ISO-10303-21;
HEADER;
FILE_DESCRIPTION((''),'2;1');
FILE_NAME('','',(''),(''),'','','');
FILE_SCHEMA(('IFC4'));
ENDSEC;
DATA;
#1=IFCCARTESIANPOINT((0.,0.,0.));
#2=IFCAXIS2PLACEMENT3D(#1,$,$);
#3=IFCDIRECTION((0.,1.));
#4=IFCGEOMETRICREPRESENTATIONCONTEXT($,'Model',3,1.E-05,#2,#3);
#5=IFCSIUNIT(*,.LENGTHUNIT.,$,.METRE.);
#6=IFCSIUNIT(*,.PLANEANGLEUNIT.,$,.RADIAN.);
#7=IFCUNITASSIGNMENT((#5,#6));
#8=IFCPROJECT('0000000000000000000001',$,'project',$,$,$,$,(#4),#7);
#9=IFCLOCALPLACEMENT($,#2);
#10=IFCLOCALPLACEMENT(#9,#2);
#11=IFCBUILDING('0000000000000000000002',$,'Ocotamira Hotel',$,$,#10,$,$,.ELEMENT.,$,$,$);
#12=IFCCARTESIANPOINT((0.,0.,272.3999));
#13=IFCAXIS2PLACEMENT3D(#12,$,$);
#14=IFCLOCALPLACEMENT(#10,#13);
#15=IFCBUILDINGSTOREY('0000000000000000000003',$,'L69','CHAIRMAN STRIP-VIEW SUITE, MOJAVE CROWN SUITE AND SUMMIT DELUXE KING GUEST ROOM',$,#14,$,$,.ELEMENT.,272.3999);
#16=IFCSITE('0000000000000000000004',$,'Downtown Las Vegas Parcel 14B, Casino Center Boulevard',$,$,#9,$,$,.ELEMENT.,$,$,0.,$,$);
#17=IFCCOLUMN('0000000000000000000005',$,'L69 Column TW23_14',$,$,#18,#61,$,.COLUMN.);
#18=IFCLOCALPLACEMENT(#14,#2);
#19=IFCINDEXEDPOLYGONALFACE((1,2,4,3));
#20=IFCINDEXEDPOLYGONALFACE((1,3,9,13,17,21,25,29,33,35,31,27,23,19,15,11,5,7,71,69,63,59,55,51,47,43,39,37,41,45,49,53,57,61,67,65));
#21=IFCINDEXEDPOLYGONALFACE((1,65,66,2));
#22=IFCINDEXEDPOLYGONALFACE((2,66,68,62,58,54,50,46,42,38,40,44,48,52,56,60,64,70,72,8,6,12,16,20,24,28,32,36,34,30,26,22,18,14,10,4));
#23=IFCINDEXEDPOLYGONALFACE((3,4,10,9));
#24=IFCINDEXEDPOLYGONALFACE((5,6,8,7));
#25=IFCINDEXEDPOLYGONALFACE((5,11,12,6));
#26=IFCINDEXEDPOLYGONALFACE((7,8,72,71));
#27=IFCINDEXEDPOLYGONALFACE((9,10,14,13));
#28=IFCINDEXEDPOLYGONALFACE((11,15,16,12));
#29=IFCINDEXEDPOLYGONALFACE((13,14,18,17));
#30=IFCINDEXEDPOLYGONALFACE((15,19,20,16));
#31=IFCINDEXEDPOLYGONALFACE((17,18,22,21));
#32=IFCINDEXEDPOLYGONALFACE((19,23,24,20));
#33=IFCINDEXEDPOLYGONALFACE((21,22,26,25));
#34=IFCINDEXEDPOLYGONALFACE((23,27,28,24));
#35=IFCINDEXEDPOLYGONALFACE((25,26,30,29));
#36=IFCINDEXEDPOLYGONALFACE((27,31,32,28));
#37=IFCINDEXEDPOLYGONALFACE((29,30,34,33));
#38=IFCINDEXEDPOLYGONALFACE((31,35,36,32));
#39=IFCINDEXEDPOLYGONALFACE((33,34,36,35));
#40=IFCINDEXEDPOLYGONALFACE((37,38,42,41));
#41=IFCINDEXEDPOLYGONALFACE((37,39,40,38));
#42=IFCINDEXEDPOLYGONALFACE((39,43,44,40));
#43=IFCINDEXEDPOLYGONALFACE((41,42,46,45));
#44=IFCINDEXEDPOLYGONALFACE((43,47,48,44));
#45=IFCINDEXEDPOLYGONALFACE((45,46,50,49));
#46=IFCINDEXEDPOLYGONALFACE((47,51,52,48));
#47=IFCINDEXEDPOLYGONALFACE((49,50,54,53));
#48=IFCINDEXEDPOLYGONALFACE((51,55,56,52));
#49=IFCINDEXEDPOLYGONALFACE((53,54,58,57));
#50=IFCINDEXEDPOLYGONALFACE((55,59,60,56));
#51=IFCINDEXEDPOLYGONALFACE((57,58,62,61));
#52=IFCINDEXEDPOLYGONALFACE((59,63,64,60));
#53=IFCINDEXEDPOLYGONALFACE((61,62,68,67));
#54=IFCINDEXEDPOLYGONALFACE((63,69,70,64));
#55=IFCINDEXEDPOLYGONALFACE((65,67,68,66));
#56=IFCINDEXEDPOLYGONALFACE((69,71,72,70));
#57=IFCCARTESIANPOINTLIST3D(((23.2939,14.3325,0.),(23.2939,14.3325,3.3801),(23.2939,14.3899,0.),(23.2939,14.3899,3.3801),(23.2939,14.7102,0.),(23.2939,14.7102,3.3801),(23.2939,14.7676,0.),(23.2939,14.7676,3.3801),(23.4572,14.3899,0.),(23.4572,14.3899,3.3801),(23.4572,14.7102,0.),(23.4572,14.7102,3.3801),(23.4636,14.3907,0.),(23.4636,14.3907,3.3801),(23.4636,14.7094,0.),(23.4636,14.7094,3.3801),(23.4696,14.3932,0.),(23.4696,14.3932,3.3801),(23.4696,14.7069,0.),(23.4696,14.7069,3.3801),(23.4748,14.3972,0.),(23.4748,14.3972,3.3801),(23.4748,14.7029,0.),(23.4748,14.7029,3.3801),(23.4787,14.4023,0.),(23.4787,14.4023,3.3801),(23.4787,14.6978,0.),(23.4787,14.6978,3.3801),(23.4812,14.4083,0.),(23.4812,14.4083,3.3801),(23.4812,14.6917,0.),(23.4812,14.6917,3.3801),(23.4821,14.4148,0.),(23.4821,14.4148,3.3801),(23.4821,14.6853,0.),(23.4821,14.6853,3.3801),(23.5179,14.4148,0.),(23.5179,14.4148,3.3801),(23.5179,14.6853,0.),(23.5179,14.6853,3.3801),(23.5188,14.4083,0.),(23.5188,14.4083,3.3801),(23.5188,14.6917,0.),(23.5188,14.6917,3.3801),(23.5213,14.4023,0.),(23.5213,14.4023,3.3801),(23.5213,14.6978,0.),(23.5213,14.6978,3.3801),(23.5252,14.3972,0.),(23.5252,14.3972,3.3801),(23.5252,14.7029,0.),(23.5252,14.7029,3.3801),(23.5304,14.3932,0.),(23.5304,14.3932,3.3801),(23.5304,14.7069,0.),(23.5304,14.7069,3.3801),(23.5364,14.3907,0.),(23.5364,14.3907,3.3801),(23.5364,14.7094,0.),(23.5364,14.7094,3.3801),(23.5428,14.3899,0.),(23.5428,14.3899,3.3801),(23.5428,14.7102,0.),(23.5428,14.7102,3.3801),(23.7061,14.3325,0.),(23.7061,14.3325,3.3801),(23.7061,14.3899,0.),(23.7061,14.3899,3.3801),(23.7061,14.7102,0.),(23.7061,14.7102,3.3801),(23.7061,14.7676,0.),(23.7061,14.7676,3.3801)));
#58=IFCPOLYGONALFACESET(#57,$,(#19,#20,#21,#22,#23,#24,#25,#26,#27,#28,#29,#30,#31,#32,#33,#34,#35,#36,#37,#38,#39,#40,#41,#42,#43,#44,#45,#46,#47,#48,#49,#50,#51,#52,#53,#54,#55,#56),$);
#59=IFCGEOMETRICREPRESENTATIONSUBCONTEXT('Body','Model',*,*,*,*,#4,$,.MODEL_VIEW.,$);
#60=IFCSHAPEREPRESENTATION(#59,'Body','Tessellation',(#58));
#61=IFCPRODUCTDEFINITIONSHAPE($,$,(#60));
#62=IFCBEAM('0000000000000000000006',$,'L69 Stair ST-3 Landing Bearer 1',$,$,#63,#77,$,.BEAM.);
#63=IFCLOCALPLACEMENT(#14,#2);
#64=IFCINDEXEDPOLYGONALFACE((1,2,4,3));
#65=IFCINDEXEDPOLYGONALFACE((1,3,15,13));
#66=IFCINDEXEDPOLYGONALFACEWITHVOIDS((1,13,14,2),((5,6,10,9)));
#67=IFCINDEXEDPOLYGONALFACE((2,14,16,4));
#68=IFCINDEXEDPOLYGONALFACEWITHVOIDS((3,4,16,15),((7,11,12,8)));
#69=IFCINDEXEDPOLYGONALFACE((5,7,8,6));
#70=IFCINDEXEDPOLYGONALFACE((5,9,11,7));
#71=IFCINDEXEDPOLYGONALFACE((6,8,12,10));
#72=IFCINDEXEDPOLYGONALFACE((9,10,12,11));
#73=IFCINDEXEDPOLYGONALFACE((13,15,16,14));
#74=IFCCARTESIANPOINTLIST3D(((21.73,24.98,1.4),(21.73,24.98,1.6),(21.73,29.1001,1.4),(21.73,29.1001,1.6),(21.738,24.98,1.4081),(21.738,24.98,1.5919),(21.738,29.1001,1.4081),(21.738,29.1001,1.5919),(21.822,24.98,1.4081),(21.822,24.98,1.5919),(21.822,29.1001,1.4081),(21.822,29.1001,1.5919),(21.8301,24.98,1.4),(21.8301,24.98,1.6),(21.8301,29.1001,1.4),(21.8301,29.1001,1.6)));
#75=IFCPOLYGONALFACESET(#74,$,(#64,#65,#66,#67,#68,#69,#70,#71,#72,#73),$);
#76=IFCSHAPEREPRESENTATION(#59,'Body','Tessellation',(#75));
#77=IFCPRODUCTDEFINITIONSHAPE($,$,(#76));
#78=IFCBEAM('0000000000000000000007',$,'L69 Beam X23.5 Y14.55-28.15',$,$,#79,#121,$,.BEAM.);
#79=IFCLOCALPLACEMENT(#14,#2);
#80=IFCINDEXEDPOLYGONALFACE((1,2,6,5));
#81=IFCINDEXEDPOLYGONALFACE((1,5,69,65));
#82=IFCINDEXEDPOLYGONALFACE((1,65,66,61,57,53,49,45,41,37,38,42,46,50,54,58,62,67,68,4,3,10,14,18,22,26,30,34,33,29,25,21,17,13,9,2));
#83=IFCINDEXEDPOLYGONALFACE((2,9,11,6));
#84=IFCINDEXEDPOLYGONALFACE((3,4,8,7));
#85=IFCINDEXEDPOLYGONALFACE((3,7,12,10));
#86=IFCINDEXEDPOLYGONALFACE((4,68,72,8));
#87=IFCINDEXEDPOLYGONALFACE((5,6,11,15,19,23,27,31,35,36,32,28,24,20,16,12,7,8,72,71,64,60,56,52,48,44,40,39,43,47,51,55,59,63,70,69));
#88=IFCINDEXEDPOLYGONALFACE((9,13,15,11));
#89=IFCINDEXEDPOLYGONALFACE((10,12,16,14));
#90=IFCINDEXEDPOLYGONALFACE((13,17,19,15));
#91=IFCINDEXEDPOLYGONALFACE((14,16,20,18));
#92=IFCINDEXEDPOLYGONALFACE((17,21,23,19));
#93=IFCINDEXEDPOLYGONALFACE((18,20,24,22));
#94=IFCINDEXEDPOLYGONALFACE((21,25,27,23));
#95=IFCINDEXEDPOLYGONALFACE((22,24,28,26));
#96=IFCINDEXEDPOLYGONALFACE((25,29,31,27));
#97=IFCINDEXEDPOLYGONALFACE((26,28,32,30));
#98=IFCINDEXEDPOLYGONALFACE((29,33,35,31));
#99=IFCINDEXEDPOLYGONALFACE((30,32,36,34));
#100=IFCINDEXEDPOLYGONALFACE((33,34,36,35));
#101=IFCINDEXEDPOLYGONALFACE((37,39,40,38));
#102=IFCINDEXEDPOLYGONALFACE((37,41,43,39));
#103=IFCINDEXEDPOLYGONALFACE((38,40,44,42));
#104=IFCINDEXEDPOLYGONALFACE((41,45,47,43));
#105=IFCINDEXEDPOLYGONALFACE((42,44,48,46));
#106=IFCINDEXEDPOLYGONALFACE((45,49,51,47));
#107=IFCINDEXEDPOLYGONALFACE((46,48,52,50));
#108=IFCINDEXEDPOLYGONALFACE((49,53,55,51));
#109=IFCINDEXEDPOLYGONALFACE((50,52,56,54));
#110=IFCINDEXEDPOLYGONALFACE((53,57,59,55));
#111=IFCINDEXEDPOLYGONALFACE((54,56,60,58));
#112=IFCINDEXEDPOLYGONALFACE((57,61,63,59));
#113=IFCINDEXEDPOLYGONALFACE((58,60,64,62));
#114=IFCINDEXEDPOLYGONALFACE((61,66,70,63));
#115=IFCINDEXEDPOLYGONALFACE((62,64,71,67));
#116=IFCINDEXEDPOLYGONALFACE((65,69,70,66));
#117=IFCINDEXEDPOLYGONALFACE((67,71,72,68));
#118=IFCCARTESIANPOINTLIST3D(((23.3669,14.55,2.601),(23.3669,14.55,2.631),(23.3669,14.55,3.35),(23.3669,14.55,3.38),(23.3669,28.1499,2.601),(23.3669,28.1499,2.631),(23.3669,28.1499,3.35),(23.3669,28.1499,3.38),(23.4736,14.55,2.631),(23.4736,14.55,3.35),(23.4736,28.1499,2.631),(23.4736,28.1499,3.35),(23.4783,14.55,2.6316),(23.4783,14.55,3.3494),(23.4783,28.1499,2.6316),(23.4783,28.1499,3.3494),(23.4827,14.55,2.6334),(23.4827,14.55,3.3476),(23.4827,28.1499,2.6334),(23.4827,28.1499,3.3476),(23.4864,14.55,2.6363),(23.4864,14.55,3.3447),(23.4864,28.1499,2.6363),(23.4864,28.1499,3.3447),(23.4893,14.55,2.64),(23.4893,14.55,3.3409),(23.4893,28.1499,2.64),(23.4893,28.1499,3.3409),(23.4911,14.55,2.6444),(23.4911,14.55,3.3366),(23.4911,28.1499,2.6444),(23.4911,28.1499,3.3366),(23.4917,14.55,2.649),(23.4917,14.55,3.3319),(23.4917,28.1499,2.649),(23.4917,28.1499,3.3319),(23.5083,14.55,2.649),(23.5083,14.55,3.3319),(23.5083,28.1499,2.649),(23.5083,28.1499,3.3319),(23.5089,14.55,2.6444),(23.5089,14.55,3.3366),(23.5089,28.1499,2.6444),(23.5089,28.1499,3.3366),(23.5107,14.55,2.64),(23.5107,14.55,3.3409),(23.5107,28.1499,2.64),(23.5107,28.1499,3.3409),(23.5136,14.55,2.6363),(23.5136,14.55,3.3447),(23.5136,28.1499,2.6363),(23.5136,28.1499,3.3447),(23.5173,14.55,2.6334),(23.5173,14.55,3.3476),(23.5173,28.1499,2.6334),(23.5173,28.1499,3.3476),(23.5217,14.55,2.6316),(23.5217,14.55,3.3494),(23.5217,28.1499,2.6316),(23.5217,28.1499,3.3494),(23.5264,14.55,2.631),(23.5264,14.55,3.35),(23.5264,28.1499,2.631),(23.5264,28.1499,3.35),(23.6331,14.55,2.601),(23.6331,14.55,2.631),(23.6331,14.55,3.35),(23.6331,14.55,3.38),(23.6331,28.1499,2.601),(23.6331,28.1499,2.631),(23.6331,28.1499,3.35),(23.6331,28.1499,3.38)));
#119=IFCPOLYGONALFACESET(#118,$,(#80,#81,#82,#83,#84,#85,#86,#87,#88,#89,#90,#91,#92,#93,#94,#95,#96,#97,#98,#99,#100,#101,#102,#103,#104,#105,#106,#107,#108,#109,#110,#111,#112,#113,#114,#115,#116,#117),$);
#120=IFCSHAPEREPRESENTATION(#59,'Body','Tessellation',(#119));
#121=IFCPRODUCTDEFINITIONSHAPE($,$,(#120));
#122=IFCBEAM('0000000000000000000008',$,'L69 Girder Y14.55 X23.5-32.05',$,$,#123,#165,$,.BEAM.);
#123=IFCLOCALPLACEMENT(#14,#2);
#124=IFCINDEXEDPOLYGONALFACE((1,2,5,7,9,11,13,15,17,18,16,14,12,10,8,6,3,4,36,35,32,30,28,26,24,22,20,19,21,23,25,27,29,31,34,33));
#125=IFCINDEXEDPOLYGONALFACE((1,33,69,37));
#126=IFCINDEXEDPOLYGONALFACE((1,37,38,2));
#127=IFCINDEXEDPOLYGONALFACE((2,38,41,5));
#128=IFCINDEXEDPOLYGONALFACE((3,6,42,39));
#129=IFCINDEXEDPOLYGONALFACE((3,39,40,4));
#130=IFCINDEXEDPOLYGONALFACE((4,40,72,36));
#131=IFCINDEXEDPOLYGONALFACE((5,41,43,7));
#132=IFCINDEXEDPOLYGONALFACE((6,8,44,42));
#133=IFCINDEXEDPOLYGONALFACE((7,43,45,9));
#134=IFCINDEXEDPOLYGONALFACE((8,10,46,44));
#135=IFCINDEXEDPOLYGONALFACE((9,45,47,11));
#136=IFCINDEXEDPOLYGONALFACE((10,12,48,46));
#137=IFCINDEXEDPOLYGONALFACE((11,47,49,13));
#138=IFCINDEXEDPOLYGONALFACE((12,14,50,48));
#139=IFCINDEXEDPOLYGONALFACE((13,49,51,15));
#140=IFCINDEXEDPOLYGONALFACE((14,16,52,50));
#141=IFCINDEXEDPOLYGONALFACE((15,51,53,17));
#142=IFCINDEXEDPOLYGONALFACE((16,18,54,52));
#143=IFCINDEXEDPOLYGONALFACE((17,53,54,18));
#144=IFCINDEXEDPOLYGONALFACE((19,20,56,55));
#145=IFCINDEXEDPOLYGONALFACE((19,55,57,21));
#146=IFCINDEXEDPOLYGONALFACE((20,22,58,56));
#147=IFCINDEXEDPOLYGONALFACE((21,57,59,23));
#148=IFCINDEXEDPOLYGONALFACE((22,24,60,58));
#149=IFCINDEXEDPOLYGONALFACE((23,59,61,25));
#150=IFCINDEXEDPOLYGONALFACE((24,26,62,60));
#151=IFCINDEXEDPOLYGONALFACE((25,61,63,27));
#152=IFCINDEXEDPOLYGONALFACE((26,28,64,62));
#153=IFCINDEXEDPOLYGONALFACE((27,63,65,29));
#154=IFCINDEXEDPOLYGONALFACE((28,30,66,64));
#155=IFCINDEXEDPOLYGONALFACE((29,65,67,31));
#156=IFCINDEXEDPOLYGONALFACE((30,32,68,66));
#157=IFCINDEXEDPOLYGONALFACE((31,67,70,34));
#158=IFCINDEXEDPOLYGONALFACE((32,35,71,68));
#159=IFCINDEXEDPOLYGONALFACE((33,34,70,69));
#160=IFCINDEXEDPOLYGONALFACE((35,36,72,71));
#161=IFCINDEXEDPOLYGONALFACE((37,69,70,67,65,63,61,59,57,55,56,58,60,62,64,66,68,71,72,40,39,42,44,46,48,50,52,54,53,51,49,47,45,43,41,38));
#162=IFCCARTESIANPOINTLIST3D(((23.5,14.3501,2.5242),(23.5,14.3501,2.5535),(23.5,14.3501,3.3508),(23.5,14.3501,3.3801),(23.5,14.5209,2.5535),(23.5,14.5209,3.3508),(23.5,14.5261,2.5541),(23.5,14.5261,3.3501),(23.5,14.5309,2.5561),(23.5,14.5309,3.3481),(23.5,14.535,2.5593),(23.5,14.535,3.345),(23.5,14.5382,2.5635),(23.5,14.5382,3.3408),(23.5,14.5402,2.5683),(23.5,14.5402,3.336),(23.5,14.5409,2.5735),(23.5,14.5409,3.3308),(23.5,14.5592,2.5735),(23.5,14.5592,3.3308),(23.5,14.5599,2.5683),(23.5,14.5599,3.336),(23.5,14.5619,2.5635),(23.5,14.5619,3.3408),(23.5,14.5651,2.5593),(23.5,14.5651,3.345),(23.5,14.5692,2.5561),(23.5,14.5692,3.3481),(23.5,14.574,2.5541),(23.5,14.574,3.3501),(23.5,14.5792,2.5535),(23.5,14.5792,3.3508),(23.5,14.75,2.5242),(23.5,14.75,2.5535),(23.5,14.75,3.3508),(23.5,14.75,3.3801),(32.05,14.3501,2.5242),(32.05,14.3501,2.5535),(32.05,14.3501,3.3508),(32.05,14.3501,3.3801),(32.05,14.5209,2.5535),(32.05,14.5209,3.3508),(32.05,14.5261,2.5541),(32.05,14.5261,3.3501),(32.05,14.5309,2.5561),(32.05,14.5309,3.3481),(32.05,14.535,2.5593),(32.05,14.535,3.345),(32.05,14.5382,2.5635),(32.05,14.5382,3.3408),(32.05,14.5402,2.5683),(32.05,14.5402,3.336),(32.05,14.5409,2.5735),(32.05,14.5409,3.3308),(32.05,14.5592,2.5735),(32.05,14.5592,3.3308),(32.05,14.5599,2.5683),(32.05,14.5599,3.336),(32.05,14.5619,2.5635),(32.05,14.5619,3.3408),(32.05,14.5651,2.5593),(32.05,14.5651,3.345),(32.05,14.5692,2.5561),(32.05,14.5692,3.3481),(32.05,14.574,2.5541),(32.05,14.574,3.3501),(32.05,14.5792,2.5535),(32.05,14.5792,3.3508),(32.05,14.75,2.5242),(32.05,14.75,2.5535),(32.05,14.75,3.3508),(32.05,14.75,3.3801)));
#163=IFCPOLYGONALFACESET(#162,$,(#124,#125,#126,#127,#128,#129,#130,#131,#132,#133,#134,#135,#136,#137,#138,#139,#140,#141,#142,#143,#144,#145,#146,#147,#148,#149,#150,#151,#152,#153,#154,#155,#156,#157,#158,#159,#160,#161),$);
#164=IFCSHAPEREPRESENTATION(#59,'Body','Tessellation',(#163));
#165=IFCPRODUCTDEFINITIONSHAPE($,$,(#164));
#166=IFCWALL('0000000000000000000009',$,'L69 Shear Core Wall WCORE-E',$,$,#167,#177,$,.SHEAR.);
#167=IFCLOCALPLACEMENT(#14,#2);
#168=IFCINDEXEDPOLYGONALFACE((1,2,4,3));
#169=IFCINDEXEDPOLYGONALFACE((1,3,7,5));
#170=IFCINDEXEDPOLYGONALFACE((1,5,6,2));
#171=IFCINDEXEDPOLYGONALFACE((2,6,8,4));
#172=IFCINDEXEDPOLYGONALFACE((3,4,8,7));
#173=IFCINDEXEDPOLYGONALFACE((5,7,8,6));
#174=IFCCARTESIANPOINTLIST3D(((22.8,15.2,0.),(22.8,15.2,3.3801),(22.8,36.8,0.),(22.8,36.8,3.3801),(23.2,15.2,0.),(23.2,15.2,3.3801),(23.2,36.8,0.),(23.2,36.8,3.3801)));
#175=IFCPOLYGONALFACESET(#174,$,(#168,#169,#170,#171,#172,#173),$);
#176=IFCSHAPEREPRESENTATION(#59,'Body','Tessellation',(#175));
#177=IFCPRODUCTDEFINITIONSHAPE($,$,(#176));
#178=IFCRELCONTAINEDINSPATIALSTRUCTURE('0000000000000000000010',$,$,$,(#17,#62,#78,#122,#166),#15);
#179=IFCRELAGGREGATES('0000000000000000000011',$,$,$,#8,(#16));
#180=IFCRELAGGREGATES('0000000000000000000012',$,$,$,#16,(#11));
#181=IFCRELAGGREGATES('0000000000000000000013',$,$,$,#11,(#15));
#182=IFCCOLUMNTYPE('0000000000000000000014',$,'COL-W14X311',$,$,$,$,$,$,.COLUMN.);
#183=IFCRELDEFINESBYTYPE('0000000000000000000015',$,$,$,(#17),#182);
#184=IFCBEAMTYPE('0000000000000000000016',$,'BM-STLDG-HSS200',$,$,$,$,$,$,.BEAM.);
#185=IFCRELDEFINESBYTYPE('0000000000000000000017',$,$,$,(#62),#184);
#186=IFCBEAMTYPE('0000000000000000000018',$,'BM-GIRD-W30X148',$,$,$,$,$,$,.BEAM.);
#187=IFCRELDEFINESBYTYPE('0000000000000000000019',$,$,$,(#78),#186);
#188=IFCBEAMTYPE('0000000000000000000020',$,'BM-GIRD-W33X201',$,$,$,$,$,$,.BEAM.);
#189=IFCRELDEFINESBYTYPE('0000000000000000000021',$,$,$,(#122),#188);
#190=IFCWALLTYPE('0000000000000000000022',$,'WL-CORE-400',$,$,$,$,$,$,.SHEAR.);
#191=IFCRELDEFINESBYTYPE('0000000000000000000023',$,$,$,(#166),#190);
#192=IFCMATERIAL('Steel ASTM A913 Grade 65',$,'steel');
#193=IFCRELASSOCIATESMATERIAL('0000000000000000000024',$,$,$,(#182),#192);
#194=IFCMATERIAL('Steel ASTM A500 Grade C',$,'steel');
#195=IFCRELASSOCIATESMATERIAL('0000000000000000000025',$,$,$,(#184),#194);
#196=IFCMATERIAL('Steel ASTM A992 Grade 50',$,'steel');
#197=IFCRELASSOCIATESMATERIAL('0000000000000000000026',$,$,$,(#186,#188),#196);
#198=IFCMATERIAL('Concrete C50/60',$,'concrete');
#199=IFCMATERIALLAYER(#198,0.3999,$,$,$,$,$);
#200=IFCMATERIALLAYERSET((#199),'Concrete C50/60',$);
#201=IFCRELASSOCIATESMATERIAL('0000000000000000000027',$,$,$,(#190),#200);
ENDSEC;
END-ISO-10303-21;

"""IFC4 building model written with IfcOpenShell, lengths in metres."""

from ifc_helpers import new_model, si_unit, direction, frame, frame_2d, origin, origin_2d, place, context, subcontext, project, spatial, rectangle, hollow_rectangle, i_section, extrude, source, transform, mapped, material, layer, layer_set, material_profile, profile_set, type_object, element, save


model = new_model("IFC4")

# Units and contexts
model_context = context("Model", 3, precision=1e-05, world=origin(), true_north=direction((0.0, 1.0)))
body_context = subcontext(model_context, "Body", "Model", "MODEL_VIEW")
ifc_project = project(units=[si_unit("LENGTHUNIT", "METRE"), si_unit("PLANEANGLEUNIT", "RADIAN")], contexts=[model_context])

# Site, building, storey
site_placement = place(None, origin())
site = spatial("IfcSite", under=ifc_project, at=site_placement, Name="Downtown Las Vegas Parcel 14B, Casino Center Boulevard", CompositionType="ELEMENT", RefElevation=0.0)
building_placement = place(site_placement, origin())
building = spatial("IfcBuilding", under=site, at=building_placement, Name="Ocotamira Hotel", CompositionType="ELEMENT")
storey_placement = place(building_placement, frame((0.0, 0.0, 272.3999)))
storey = spatial("IfcBuildingStorey", under=building, at=storey_placement, Name="L69", Description="CHAIRMAN STRIP-VIEW SUITE, MOJAVE CROWN SUITE AND SUMMIT DELUXE KING GUEST ROOM", CompositionType="ELEMENT", Elevation=272.3999)

# Column
ifc_material_1 = material(Name="Steel ASTM A913 Grade 65", Category="steel")
ifc_material_profile_1 = material_profile(ifc_material_1, i_section(OverallWidth=0.4121, OverallDepth=0.4351, WebThickness=0.0359, FlangeThickness=0.0574, FilletRadius=0.0249, at=origin_2d()), Name="W14X311")
ifc_profile_set_1 = profile_set([ifc_material_profile_1], Name="Steel ASTM A913 Grade 65")
column_type = type_object("IfcColumnType", Name="COL-W14X311", PredefinedType="COLUMN", material=ifc_profile_set_1)
shared_shape_1 = source(origin(), body_context, "Body", "SweptSolid", [
    extrude(i_section(OverallWidth=0.4121, OverallDepth=0.4351, WebThickness=0.0359, FlangeThickness=0.0574, FilletRadius=0.0249, at=origin_2d()), origin(), (0.0, 0.0, 1.0), 3.3801),
])
column_placement = place(storey_placement, frame((23.5, 14.55, 0.0), z_axis=(0.0, 0.0, 1.0), x_axis=(1.0, 0.0, 0.0)))
element("IfcColumn", 1, at=column_placement, inside=storey, type_object=column_type, Name="L69 Column TW23_14", PredefinedType="COLUMN", context=body_context, shape_type="MappedRepresentation", body=[
    mapped(shared_shape_1, transform((0.0, 0.0, 0.0), scale=1.0)),
])

# Beams
ifc_material_2 = material(Name="Steel ASTM A500 Grade C", Category="steel")
ifc_material_profile_2 = material_profile(ifc_material_2, hollow_rectangle(XDim=0.1001, YDim=0.2, WallThickness=0.0081, at=origin_2d()), Name="HSS200X100X8")
ifc_profile_set_2 = profile_set([ifc_material_profile_2], Name="Steel ASTM A500 Grade C")
beam_type_1 = type_object("IfcBeamType", Name="BM-STLDG-HSS200", PredefinedType="BEAM", material=ifc_profile_set_2)
shared_shape_2 = source(origin(), body_context, "Body", "SweptSolid", [
    extrude(hollow_rectangle(XDim=0.1001, YDim=0.2, WallThickness=0.0081, at=origin_2d()), origin(), (0.0, 0.0, 1.0), 4.1201),
])
beam_1_placement = place(storey_placement, frame((21.78, 24.98, 1.5), z_axis=(0.0, 1.0, 0.0), x_axis=(-1.0, 0.0, 0.0)))
element("IfcBeam", 2, at=beam_1_placement, inside=storey, type_object=beam_type_1, Name="L69 Stair ST-3 Landing Bearer 1", PredefinedType="BEAM", context=body_context, shape_type="MappedRepresentation", body=[
    mapped(shared_shape_2, transform((0.0, 0.0, 0.0), scale=1.0)),
])
ifc_material_3 = material(Name="Steel ASTM A992 Grade 50", Category="steel")
ifc_material_profile_3 = material_profile(ifc_material_3, i_section(OverallWidth=0.2661, OverallDepth=0.7791, WebThickness=0.0166, FlangeThickness=0.03, FilletRadius=0.0181, at=origin_2d()), Name="W30X148")
ifc_profile_set_3 = profile_set([ifc_material_profile_3], Name="Steel ASTM A992 Grade 50")
beam_type_2 = type_object("IfcBeamType", Name="BM-GIRD-W30X148", PredefinedType="BEAM", material=ifc_profile_set_3)
shared_shape_3 = source(origin(), body_context, "Body", "SweptSolid", [
    extrude(i_section(OverallWidth=0.2661, OverallDepth=0.7791, WebThickness=0.0166, FlangeThickness=0.03, FilletRadius=0.0181, at=origin_2d()), origin(), (0.0, 0.0, 1.0), 13.5999),
])
beam_2_placement = place(storey_placement, frame((23.5, 14.55, 2.9905), z_axis=(0.0, 1.0, 0.0), x_axis=(-1.0, 0.0, 0.0)))
element("IfcBeam", 3, at=beam_2_placement, inside=storey, type_object=beam_type_2, Name="L69 Beam X23.5 Y14.55-28.15", PredefinedType="BEAM", context=body_context, shape_type="MappedRepresentation", body=[
    mapped(shared_shape_3, transform((0.0, 0.0, 0.0), scale=1.0)),
])
ifc_material_profile_4 = material_profile(ifc_material_3, i_section(OverallWidth=0.3999, OverallDepth=0.856, WebThickness=0.0183, FlangeThickness=0.0293, FilletRadius=0.02, at=origin_2d()), Name="W33X201")
ifc_profile_set_4 = profile_set([ifc_material_profile_4], Name="Steel ASTM A992 Grade 50")
beam_type_3 = type_object("IfcBeamType", Name="BM-GIRD-W33X201", PredefinedType="BEAM", material=ifc_profile_set_4)
shared_shape_4 = source(origin(), body_context, "Body", "SweptSolid", [
    extrude(i_section(OverallWidth=0.3999, OverallDepth=0.856, WebThickness=0.0183, FlangeThickness=0.0293, FilletRadius=0.02, at=origin_2d()), origin(), (0.0, 0.0, 1.0), 8.55),
])
beam_3_placement = place(storey_placement, frame((23.5, 14.55, 2.9521), z_axis=(1.0, 0.0, 0.0), x_axis=(0.0, 1.0, 0.0)))
element("IfcBeam", 4, at=beam_3_placement, inside=storey, type_object=beam_type_3, Name="L69 Girder Y14.55 X23.5-32.05", PredefinedType="BEAM", context=body_context, shape_type="MappedRepresentation", body=[
    mapped(shared_shape_4, transform((0.0, 0.0, 0.0), scale=1.0)),
])

# Wall
ifc_material_4 = material(Name="Concrete C50/60", Category="concrete")
ifc_layer_1 = layer(ifc_material_4, 0.3999)
ifc_layer_set_1 = layer_set([ifc_layer_1], Name="Concrete C50/60")
wall_type_1 = type_object("IfcWallType", Name="WL-CORE-400", PredefinedType="SHEAR", material=ifc_layer_set_1)
wall_1_placement = place(storey_placement, frame((23.0, 15.2, 0.0), z_axis=(0.0, 0.0, 1.0), x_axis=(0.0, 1.0, 0.0)))
element("IfcWall", 5, at=wall_1_placement, inside=storey, type_object=wall_type_1, Name="L69 Shear Core Wall WCORE-E", PredefinedType="SHEAR", context=body_context, shape_type="SweptSolid", body=[
    extrude(rectangle(XDim=21.6001, YDim=0.3999, at=frame_2d((10.8, 0.0))), origin(), (0.0, 0.0, 1.0), 3.3801),
])

save(model, "model.ifc")
